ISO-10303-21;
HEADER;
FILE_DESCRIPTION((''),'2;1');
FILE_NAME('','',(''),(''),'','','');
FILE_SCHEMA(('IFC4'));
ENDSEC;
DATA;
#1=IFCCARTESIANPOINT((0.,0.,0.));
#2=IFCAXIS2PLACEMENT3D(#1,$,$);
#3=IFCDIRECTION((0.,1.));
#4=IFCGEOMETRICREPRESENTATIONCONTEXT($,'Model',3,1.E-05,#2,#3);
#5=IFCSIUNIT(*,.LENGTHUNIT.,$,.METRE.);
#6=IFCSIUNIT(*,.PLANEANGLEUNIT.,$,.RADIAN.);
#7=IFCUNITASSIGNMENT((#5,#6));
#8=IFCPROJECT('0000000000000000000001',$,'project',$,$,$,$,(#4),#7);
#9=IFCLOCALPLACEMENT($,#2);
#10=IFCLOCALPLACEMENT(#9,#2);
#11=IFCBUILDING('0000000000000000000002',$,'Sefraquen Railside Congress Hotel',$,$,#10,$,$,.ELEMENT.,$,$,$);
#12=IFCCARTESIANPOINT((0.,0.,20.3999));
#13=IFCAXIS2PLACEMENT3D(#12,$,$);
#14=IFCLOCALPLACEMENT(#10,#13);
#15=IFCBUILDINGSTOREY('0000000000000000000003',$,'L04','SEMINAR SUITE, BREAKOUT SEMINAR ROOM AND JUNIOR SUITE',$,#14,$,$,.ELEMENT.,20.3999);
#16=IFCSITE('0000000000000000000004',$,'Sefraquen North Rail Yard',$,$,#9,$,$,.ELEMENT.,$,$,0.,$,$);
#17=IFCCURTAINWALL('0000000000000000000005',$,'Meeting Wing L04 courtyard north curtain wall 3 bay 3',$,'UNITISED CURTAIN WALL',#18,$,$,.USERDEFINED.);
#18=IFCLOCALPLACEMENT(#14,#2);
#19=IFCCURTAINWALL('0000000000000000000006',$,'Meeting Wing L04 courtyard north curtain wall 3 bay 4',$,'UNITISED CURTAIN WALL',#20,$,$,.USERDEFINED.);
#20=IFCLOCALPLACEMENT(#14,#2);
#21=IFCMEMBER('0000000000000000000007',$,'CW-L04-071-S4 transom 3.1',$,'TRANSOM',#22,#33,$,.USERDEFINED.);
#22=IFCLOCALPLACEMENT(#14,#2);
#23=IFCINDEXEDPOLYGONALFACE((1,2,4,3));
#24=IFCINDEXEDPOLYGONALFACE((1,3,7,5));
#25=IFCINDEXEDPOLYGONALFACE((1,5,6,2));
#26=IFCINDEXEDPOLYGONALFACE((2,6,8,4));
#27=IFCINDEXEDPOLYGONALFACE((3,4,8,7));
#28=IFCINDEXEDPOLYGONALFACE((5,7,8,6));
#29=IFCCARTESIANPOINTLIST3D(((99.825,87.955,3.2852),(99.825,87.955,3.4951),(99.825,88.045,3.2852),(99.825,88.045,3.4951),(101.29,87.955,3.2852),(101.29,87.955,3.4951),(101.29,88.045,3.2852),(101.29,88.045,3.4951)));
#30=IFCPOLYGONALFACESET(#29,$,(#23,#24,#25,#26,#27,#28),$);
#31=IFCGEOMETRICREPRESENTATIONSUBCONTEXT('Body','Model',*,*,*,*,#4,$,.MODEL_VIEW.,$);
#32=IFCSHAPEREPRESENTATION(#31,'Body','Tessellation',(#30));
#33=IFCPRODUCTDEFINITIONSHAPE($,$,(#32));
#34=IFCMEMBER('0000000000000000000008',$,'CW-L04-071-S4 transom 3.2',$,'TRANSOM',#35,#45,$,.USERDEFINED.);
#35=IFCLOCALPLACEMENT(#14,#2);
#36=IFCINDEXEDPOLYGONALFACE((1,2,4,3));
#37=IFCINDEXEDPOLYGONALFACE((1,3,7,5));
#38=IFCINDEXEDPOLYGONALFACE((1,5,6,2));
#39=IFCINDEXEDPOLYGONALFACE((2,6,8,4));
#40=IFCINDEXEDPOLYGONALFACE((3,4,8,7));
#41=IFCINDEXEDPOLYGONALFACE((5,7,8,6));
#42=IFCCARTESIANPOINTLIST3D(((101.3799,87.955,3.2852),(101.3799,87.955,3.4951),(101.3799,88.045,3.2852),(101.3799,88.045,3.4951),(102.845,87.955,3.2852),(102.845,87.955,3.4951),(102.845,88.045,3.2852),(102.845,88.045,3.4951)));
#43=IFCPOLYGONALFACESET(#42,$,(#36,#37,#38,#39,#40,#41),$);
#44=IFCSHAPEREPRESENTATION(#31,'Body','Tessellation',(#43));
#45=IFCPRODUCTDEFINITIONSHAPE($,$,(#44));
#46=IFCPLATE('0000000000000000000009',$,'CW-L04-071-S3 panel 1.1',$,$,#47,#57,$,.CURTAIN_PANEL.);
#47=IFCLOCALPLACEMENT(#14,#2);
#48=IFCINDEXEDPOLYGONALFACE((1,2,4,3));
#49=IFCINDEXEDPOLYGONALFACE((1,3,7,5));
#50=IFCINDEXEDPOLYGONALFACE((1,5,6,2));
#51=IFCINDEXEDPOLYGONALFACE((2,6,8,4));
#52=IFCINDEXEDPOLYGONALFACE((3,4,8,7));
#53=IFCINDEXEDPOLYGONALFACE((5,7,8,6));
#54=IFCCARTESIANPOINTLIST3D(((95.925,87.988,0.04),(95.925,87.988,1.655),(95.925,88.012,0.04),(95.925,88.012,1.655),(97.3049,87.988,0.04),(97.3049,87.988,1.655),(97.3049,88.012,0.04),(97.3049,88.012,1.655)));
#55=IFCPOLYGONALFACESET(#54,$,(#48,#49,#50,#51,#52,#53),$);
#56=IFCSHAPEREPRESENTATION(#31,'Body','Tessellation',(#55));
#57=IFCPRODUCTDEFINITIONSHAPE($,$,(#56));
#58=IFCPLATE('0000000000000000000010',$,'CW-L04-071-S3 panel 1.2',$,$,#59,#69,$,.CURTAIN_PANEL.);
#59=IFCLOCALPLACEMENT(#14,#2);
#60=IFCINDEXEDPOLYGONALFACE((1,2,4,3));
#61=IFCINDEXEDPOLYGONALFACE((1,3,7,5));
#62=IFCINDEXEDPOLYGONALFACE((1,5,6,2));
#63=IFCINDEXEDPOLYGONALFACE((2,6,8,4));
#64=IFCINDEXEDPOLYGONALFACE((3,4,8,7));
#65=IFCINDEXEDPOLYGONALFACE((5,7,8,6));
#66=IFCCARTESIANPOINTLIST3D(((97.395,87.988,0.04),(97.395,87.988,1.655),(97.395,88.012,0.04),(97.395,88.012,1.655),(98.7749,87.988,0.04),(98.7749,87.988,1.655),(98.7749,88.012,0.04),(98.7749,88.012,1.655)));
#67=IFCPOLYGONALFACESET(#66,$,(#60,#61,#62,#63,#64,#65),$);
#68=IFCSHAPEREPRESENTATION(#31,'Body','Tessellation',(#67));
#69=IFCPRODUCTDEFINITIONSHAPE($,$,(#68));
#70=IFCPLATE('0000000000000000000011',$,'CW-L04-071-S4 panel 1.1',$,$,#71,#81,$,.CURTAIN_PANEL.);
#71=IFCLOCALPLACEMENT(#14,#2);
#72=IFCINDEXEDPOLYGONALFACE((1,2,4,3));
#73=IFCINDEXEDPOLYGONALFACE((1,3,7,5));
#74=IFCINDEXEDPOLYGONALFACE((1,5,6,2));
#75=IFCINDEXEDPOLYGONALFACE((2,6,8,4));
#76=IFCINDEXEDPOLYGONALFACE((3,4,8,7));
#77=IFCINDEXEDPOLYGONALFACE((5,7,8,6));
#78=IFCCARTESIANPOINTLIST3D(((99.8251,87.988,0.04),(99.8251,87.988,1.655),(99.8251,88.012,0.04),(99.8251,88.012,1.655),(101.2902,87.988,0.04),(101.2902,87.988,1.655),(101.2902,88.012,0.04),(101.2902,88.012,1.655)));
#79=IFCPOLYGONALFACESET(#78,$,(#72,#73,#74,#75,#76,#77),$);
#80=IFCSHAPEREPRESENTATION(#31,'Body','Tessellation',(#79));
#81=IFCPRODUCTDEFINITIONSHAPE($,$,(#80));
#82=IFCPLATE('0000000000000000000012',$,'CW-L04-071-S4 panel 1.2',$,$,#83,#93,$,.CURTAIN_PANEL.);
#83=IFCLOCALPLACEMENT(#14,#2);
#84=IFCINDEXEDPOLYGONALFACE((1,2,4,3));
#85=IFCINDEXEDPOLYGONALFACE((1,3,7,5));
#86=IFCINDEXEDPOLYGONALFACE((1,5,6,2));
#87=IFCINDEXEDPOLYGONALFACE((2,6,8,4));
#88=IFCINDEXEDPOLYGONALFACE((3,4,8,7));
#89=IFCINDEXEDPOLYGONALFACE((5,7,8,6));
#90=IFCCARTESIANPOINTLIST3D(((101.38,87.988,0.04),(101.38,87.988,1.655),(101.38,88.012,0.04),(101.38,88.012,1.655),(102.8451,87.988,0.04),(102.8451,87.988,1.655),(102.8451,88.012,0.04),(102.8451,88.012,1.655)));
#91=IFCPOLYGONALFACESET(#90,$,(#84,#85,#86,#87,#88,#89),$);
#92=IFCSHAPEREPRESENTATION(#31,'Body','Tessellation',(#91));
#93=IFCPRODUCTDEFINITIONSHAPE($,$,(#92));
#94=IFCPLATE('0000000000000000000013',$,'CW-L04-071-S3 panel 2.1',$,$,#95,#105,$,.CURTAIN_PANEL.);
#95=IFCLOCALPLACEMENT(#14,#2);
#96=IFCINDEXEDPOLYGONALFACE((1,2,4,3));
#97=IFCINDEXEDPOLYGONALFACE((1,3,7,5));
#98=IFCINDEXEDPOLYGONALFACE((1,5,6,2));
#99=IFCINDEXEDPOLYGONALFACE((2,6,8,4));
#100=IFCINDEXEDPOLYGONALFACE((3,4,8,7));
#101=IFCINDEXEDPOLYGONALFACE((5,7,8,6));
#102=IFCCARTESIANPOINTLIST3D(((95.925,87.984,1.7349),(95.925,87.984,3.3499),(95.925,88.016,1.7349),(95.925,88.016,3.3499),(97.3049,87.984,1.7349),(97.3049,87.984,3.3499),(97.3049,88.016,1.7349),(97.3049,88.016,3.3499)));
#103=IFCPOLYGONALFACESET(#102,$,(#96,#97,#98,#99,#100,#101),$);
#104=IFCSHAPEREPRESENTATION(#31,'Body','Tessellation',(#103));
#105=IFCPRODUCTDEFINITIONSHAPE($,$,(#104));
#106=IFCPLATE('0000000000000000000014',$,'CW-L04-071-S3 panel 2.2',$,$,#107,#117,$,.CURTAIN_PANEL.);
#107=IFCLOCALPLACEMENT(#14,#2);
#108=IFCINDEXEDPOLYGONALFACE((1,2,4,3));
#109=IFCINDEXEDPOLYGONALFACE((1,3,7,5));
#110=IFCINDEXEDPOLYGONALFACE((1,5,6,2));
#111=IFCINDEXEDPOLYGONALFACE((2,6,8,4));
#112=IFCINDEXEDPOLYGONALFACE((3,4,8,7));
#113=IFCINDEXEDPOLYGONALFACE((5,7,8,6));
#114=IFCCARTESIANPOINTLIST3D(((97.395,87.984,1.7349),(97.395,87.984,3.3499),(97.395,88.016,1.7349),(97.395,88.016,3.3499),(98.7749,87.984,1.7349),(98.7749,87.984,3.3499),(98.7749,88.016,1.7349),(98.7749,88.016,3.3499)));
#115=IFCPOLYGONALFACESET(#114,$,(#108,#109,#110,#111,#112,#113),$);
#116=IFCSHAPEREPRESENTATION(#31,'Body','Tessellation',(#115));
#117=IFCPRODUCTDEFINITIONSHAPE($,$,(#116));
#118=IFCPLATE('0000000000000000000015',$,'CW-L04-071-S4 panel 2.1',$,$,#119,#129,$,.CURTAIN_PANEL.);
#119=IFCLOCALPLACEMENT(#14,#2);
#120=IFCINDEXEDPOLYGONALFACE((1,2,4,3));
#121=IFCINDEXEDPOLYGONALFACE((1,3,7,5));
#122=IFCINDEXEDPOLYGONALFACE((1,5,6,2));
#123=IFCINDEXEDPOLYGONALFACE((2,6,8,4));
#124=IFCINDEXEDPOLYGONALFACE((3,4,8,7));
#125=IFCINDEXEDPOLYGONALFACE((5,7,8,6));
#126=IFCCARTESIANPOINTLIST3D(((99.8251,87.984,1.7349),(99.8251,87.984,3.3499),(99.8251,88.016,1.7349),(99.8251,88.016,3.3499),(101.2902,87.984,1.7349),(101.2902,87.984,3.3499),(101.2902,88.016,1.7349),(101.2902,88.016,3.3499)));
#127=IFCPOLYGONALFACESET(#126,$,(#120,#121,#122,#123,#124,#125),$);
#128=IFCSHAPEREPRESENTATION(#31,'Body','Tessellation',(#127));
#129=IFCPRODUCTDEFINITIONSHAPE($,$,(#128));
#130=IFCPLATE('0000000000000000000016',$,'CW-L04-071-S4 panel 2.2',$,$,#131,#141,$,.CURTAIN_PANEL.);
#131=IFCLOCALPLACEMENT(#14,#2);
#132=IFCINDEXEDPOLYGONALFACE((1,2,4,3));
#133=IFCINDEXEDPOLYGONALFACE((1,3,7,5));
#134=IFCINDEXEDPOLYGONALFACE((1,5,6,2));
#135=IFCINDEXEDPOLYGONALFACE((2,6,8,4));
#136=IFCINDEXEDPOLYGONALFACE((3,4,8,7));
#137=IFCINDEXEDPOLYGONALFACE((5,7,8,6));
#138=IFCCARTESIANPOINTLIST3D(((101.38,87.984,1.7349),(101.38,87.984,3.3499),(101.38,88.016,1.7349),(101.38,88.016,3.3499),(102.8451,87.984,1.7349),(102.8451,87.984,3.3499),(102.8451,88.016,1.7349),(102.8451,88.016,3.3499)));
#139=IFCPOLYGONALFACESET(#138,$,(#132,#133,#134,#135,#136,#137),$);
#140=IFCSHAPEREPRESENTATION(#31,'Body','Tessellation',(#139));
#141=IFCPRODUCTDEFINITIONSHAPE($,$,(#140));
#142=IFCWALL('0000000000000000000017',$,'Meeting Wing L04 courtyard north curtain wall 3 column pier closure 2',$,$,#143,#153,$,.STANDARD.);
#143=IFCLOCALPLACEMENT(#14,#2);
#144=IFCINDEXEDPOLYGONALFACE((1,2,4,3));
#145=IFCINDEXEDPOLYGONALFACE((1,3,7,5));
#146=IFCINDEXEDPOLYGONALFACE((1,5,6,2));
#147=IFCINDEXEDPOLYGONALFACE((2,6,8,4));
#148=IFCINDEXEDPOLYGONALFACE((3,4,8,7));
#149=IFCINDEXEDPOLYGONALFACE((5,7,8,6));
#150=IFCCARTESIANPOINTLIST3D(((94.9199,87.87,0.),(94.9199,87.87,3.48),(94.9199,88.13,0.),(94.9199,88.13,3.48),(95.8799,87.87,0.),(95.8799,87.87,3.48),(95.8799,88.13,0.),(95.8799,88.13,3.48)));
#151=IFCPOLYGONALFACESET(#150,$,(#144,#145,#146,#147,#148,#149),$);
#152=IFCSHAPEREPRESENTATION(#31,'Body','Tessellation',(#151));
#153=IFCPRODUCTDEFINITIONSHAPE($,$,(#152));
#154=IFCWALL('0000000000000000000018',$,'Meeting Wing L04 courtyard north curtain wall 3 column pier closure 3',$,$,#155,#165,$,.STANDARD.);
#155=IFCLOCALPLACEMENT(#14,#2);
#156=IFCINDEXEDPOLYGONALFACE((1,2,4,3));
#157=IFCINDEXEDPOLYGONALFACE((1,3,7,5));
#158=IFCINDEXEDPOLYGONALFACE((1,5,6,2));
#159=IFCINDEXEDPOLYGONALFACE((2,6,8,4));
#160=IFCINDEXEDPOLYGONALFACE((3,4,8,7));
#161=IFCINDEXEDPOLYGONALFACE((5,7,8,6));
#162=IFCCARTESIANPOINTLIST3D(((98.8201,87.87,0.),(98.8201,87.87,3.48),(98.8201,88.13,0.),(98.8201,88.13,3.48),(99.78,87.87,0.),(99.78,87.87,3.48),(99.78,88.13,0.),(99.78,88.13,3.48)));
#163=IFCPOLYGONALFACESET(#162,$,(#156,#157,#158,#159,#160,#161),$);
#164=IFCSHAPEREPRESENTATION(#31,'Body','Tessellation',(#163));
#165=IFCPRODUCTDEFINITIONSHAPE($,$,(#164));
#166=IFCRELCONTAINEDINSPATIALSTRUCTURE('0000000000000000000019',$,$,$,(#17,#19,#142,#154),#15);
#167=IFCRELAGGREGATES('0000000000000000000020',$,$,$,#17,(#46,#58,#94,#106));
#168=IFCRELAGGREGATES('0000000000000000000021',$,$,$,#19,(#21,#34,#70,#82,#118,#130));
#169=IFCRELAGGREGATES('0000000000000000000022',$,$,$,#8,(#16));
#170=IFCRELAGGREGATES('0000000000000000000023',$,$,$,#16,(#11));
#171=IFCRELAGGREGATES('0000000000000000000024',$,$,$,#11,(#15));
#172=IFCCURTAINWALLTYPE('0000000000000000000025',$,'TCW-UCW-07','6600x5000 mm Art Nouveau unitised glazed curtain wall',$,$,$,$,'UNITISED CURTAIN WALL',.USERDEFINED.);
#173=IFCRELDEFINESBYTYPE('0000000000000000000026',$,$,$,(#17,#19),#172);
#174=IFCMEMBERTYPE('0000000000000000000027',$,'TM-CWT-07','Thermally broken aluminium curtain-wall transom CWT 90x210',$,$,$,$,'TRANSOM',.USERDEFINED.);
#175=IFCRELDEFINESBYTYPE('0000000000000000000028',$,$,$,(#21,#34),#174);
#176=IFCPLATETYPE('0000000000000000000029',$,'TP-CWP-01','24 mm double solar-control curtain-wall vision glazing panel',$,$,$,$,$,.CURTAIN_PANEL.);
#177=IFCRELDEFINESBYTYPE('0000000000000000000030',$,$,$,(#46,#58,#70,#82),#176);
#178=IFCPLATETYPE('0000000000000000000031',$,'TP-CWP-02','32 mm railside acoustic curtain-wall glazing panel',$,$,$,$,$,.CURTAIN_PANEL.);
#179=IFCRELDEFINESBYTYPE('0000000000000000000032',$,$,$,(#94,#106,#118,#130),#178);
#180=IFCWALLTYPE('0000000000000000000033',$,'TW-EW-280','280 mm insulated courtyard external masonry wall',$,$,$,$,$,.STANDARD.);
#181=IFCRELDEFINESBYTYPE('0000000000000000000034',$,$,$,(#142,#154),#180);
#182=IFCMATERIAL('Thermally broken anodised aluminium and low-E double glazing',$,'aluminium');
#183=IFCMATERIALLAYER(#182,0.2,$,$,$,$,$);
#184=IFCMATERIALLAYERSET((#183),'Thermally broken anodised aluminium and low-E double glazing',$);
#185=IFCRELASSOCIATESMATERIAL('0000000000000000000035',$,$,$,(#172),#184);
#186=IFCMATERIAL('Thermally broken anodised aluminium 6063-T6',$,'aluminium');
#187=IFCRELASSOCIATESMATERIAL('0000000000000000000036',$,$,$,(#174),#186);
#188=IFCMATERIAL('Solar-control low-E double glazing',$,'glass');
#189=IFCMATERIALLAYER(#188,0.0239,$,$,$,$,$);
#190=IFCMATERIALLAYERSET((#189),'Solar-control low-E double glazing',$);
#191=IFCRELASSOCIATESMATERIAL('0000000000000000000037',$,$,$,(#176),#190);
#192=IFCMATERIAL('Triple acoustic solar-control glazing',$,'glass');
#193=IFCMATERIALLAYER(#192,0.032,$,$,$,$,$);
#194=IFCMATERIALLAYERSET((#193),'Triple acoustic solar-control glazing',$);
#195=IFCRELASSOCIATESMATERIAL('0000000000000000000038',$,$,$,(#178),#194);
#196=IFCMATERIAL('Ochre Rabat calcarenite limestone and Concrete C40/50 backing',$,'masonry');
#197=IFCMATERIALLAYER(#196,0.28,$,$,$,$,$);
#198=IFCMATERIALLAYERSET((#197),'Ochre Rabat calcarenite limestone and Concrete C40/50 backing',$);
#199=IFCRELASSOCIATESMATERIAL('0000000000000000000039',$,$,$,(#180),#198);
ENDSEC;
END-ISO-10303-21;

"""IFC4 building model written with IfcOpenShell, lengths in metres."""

from ifc_helpers import new_model, si_unit, direction, frame, frame_2d, origin, origin_2d, place, context, subcontext, project, spatial, rectangle, extrude, material, layer, layer_set, material_profile, profile_set, type_object, element, aggregate, save


model = new_model("IFC4")

# Units and contexts
model_context = context("Model", 3, precision=1e-05, world=origin(), true_north=direction((0.0, 1.0)))
body_context = subcontext(model_context, "Body", "Model", "MODEL_VIEW")
ifc_project = project(units=[si_unit("LENGTHUNIT", "METRE"), si_unit("PLANEANGLEUNIT", "RADIAN")], contexts=[model_context])

# Site, building, storey
site_placement = place(None, origin())
site = spatial("IfcSite", under=ifc_project, at=site_placement, Name="Sefraquen North Rail Yard", CompositionType="ELEMENT", RefElevation=0.0)
building_placement = place(site_placement, origin())
building = spatial("IfcBuilding", under=site, at=building_placement, Name="Sefraquen Railside Congress Hotel", CompositionType="ELEMENT")
storey_placement = place(building_placement, frame((0.0, 0.0, 20.3999)))
storey = spatial("IfcBuildingStorey", under=building, at=storey_placement, Name="L04", Description="SEMINAR SUITE, BREAKOUT SEMINAR ROOM AND JUNIOR SUITE", CompositionType="ELEMENT", Elevation=20.3999)

# Curtain walls
ifc_material_1 = material(Name="Thermally broken anodised aluminium and low-E double glazing", Category="aluminium")
ifc_layer_1 = layer(ifc_material_1, 0.2)
ifc_layer_set_1 = layer_set([ifc_layer_1], Name="Thermally broken anodised aluminium and low-E double glazing")
curtain_wall_type = type_object("IfcCurtainWallType", Name="TCW-UCW-07", Description="6600x5000 mm Art Nouveau unitised glazed curtain wall", ElementType="UNITISED CURTAIN WALL", PredefinedType="USERDEFINED", material=ifc_layer_set_1)
curtain_wall_1_placement = place(storey_placement, origin())
curtain_wall_1 = element("IfcCurtainWall", 1, at=curtain_wall_1_placement, inside=storey, type_object=curtain_wall_type, Name="Meeting Wing L04 courtyard north curtain wall 3 bay 3", ObjectType="UNITISED CURTAIN WALL", PredefinedType="USERDEFINED")
ifc_material_2 = material(Name="Thermally broken anodised aluminium 6063-T6", Category="aluminium")
curtain_wall_2_placement = place(storey_placement, origin())
curtain_wall_2 = element("IfcCurtainWall", 2, at=curtain_wall_2_placement, inside=storey, type_object=curtain_wall_type, Name="Meeting Wing L04 courtyard north curtain wall 3 bay 4", ObjectType="UNITISED CURTAIN WALL", PredefinedType="USERDEFINED")

# Members
ifc_material_profile_1 = material_profile(ifc_material_2, rectangle(XDim=0.0901, YDim=0.21, at=origin_2d()), Name="CWT 90x210")
ifc_profile_set_1 = profile_set([ifc_material_profile_1], Name="Thermally broken anodised aluminium 6063-T6")
member_type_1 = type_object("IfcMemberType", Name="TM-CWT-07", Description="Thermally broken aluminium curtain-wall transom CWT 90x210", ElementType="TRANSOM", PredefinedType="USERDEFINED", material=ifc_profile_set_1)
member_1_placement = place(storey_placement, frame((99.825, 88.0, 3.3901), z_axis=(1.0, 0.0, 0.0), x_axis=(0.0, 1.0, 0.0)))
member_1 = element("IfcMember", 3, at=member_1_placement, type_object=member_type_1, Name="CW-L04-071-S4 transom 3.1", ObjectType="TRANSOM", PredefinedType="USERDEFINED", context=body_context, shape_type="SweptSolid", body=[
    extrude(rectangle(XDim=0.0901, YDim=0.21, at=origin_2d()), origin(), (0.0, 0.0, 1.0), 1.4651),
])
member_2_placement = place(storey_placement, frame((101.3799, 88.0, 3.3901), z_axis=(1.0, 0.0, 0.0), x_axis=(0.0, 1.0, 0.0)))
member_2 = element("IfcMember", 4, at=member_2_placement, type_object=member_type_1, Name="CW-L04-071-S4 transom 3.2", ObjectType="TRANSOM", PredefinedType="USERDEFINED", context=body_context, shape_type="SweptSolid", body=[
    extrude(rectangle(XDim=0.0901, YDim=0.21, at=origin_2d()), origin(), (0.0, 0.0, 1.0), 1.4651),
])

# Plates
ifc_material_3 = material(Name="Solar-control low-E double glazing", Category="glass")
ifc_layer_2 = layer(ifc_material_3, 0.0239)
ifc_layer_set_2 = layer_set([ifc_layer_2], Name="Solar-control low-E double glazing")
plate_type_1 = type_object("IfcPlateType", Name="TP-CWP-01", Description="24 mm double solar-control curtain-wall vision glazing panel", PredefinedType="CURTAIN_PANEL", material=ifc_layer_set_2)
plate_1_placement = place(storey_placement, frame((96.615, 88.0, 0.04), z_axis=(0.0, 0.0, 1.0), x_axis=(1.0, 0.0, 0.0)))
plate_1 = element("IfcPlate", 5, at=plate_1_placement, type_object=plate_type_1, Name="CW-L04-071-S3 panel 1.1", PredefinedType="CURTAIN_PANEL", context=body_context, shape_type="SweptSolid", body=[
    extrude(rectangle(XDim=1.3799, YDim=0.0239, at=origin_2d()), origin(), (0.0, 0.0, 1.0), 1.615),
])
plate_2_placement = place(storey_placement, frame((98.085, 88.0, 0.04), z_axis=(0.0, 0.0, 1.0), x_axis=(1.0, 0.0, 0.0)))
plate_2 = element("IfcPlate", 6, at=plate_2_placement, type_object=plate_type_1, Name="CW-L04-071-S3 panel 1.2", PredefinedType="CURTAIN_PANEL", context=body_context, shape_type="SweptSolid", body=[
    extrude(rectangle(XDim=1.3799, YDim=0.0239, at=origin_2d()), origin(), (0.0, 0.0, 1.0), 1.615),
])
plate_3_placement = place(storey_placement, frame((100.5576, 88.0, 0.04), z_axis=(0.0, 0.0, 1.0), x_axis=(1.0, 0.0, 0.0)))
plate_3 = element("IfcPlate", 7, at=plate_3_placement, type_object=plate_type_1, Name="CW-L04-071-S4 panel 1.1", PredefinedType="CURTAIN_PANEL", context=body_context, shape_type="SweptSolid", body=[
    extrude(rectangle(XDim=1.4651, YDim=0.0239, at=origin_2d()), origin(), (0.0, 0.0, 1.0), 1.615),
])
plate_4_placement = place(storey_placement, frame((102.1125, 88.0, 0.04), z_axis=(0.0, 0.0, 1.0), x_axis=(1.0, 0.0, 0.0)))
plate_4 = element("IfcPlate", 8, at=plate_4_placement, type_object=plate_type_1, Name="CW-L04-071-S4 panel 1.2", PredefinedType="CURTAIN_PANEL", context=body_context, shape_type="SweptSolid", body=[
    extrude(rectangle(XDim=1.4651, YDim=0.0239, at=origin_2d()), origin(), (0.0, 0.0, 1.0), 1.615),
])
ifc_material_4 = material(Name="Triple acoustic solar-control glazing", Category="glass")
ifc_layer_3 = layer(ifc_material_4, 0.032)
ifc_layer_set_3 = layer_set([ifc_layer_3], Name="Triple acoustic solar-control glazing")
plate_type_2 = type_object("IfcPlateType", Name="TP-CWP-02", Description="32 mm railside acoustic curtain-wall glazing panel", PredefinedType="CURTAIN_PANEL", material=ifc_layer_set_3)
plate_5_placement = place(storey_placement, frame((96.615, 88.0, 1.7349), z_axis=(0.0, 0.0, 1.0), x_axis=(1.0, 0.0, 0.0)))
plate_5 = element("IfcPlate", 9, at=plate_5_placement, type_object=plate_type_2, Name="CW-L04-071-S3 panel 2.1", PredefinedType="CURTAIN_PANEL", context=body_context, shape_type="SweptSolid", body=[
    extrude(rectangle(XDim=1.3799, YDim=0.032, at=origin_2d()), origin(), (0.0, 0.0, 1.0), 1.615),
])
plate_6_placement = place(storey_placement, frame((98.085, 88.0, 1.7349), z_axis=(0.0, 0.0, 1.0), x_axis=(1.0, 0.0, 0.0)))
plate_6 = element("IfcPlate", 10, at=plate_6_placement, type_object=plate_type_2, Name="CW-L04-071-S3 panel 2.2", PredefinedType="CURTAIN_PANEL", context=body_context, shape_type="SweptSolid", body=[
    extrude(rectangle(XDim=1.3799, YDim=0.032, at=origin_2d()), origin(), (0.0, 0.0, 1.0), 1.615),
])
aggregate(curtain_wall_1, [plate_1, plate_2, plate_5, plate_6])
plate_7_placement = place(storey_placement, frame((100.5576, 88.0, 1.7349), z_axis=(0.0, 0.0, 1.0), x_axis=(1.0, 0.0, 0.0)))
plate_7 = element("IfcPlate", 11, at=plate_7_placement, type_object=plate_type_2, Name="CW-L04-071-S4 panel 2.1", PredefinedType="CURTAIN_PANEL", context=body_context, shape_type="SweptSolid", body=[
    extrude(rectangle(XDim=1.4651, YDim=0.032, at=origin_2d()), origin(), (0.0, 0.0, 1.0), 1.615),
])
plate_8_placement = place(storey_placement, frame((102.1125, 88.0, 1.7349), z_axis=(0.0, 0.0, 1.0), x_axis=(1.0, 0.0, 0.0)))
plate_8 = element("IfcPlate", 12, at=plate_8_placement, type_object=plate_type_2, Name="CW-L04-071-S4 panel 2.2", PredefinedType="CURTAIN_PANEL", context=body_context, shape_type="SweptSolid", body=[
    extrude(rectangle(XDim=1.4651, YDim=0.032, at=origin_2d()), origin(), (0.0, 0.0, 1.0), 1.615),
])
aggregate(curtain_wall_2, [member_1, member_2, plate_3, plate_4, plate_7, plate_8])

# Walls
ifc_material_5 = material(Name="Ochre Rabat calcarenite limestone and Concrete C40/50 backing", Category="masonry")
ifc_layer_4 = layer(ifc_material_5, 0.28)
ifc_layer_set_4 = layer_set([ifc_layer_4], Name="Ochre Rabat calcarenite limestone and Concrete C40/50 backing")
wall_type = type_object("IfcWallType", Name="TW-EW-280", Description="280 mm insulated courtyard external masonry wall", PredefinedType="STANDARD", material=ifc_layer_set_4)
for number, where, z_axis, x_axis, name in (
    (13, (94.9199, 88.0, 0.0), (0.0, 0.0, 1.0), (1.0, 0.0, 0.0), "Meeting Wing L04 courtyard north curtain wall 3 column pier closure 2"),
    (14, (98.8201, 88.0, 0.0), (0.0, 0.0, 1.0), (1.0, 0.0, 0.0), "Meeting Wing L04 courtyard north curtain wall 3 column pier closure 3"),
):
    element("IfcWall", number, at=place(storey_placement, frame(where, z_axis=z_axis, x_axis=x_axis)), inside=storey, type_object=wall_type, Name=name, PredefinedType="STANDARD", context=body_context, shape_type="SweptSolid", body=[
        extrude(rectangle(XDim=0.96, YDim=0.26, at=frame_2d((0.48, 0.0))), origin(), (0.0, 0.0, 1.0), 3.48),
    ])

save(model, "model.ifc")
